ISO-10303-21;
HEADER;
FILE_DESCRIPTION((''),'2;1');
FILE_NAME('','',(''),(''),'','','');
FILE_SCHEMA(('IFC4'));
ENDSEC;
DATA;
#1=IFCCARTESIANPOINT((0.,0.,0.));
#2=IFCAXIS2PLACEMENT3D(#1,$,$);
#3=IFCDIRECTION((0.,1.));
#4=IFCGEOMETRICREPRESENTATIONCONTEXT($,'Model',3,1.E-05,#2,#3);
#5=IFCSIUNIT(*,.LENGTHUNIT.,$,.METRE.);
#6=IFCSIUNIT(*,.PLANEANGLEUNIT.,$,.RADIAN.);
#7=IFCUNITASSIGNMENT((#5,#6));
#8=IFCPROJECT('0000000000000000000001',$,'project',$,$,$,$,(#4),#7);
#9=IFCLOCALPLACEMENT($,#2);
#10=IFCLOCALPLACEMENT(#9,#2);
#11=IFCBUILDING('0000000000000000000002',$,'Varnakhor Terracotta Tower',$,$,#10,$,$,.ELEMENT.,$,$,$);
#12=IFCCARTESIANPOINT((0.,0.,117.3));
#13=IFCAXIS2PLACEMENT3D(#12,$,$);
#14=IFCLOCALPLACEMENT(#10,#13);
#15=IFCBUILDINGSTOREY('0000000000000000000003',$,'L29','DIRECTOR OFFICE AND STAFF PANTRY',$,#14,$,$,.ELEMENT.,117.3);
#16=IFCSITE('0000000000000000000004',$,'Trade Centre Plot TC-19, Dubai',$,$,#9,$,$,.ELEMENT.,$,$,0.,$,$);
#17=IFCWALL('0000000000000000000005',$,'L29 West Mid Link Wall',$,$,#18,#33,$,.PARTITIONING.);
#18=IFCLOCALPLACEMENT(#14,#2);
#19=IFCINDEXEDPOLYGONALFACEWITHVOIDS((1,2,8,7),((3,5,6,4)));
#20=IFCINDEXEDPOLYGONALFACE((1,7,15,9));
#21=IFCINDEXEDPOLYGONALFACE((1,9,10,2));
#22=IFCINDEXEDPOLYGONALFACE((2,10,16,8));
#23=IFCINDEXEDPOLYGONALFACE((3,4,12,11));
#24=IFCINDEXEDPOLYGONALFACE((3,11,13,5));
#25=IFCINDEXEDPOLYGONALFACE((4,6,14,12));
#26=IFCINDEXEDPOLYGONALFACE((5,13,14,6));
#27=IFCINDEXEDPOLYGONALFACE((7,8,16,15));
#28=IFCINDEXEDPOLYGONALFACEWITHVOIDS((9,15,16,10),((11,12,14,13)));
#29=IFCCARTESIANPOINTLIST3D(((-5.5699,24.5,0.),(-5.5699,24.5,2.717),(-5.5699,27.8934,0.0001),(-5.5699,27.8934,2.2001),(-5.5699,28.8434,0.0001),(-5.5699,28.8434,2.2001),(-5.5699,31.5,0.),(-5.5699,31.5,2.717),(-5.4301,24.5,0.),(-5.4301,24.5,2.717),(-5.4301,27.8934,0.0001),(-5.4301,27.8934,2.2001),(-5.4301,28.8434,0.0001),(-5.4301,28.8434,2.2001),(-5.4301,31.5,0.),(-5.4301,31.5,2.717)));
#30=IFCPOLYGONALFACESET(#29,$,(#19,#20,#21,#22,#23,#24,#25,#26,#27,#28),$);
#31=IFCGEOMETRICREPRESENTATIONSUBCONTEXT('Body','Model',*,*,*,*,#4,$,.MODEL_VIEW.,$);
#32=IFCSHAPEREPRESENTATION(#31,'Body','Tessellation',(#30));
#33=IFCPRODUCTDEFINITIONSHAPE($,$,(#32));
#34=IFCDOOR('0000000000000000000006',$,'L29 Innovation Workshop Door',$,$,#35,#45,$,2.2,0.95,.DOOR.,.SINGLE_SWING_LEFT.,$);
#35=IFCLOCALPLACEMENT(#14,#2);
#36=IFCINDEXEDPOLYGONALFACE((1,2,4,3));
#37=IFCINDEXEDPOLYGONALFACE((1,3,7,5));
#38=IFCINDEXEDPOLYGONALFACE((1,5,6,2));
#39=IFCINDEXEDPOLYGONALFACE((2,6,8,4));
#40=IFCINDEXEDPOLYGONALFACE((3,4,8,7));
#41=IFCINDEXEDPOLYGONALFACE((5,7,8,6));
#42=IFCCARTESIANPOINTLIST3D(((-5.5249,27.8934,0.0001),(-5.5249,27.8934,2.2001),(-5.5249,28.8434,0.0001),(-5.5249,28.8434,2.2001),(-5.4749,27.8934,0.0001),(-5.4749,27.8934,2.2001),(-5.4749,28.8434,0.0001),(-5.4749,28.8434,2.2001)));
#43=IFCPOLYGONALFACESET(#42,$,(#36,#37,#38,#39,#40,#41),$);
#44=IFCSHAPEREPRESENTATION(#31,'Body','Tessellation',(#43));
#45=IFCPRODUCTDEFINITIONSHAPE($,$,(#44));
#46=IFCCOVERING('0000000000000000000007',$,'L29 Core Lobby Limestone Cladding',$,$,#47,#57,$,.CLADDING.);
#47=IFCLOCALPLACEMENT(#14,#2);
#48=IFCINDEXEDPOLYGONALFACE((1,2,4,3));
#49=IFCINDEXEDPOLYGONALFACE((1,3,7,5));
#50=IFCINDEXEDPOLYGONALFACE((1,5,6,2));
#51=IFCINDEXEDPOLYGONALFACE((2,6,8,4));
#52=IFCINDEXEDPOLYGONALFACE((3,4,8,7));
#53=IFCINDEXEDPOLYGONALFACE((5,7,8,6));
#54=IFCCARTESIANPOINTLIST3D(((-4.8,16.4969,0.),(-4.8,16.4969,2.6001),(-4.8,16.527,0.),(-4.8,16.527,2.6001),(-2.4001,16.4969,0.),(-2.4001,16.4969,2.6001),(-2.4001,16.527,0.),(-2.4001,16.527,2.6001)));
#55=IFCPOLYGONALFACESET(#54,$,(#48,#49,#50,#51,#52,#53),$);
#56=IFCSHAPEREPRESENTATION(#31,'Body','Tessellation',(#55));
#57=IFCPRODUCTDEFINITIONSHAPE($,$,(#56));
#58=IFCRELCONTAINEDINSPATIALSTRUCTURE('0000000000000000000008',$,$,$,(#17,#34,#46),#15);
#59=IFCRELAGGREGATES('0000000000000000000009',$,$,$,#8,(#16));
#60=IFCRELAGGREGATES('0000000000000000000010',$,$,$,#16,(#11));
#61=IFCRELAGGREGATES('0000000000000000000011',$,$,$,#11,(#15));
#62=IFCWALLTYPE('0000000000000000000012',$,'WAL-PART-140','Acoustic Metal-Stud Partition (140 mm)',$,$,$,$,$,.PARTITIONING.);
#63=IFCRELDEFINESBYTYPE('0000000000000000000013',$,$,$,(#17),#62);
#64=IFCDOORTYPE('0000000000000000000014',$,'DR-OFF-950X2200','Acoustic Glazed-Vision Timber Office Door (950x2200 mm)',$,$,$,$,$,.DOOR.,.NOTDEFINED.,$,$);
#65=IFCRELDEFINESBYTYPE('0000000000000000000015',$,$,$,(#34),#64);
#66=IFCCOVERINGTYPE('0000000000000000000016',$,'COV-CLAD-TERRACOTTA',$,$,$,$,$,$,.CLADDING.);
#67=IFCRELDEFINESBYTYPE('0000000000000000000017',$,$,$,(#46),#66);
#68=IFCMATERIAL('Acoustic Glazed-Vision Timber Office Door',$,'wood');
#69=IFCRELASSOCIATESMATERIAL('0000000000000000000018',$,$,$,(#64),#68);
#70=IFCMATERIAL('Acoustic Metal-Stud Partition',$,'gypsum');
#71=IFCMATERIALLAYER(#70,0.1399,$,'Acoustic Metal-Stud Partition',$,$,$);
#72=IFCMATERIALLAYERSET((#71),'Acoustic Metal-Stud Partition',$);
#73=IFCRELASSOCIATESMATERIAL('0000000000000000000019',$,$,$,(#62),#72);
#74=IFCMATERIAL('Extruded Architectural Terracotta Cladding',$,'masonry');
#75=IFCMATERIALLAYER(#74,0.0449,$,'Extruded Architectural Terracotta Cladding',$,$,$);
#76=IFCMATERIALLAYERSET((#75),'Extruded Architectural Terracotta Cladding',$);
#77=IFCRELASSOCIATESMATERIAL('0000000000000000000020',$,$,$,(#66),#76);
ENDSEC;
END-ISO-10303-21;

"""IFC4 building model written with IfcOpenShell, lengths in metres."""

from ifc_helpers import new_model, si_unit, direction, frame, frame_2d, origin, origin_2d, place, context, subcontext, project, spatial, rectangle, extrude, source, transform, mapped, material, layer, layer_set, type_object, type_shapes, element, fill, save


model = new_model("IFC4")

# Units and contexts
model_context = context("Model", 3, precision=1e-05, world=origin(), true_north=direction((0.0, 1.0)))
body_context = subcontext(model_context, "Body", "Model", "MODEL_VIEW")
ifc_project = project(units=[si_unit("LENGTHUNIT", "METRE"), si_unit("PLANEANGLEUNIT", "RADIAN")], contexts=[model_context])

# Site, building, storey
site_placement = place(None, origin())
site = spatial("IfcSite", under=ifc_project, at=site_placement, Name="Trade Centre Plot TC-19, Dubai", CompositionType="ELEMENT", RefElevation=0.0)
building_placement = place(site_placement, origin())
building = spatial("IfcBuilding", under=site, at=building_placement, Name="Varnakhor Terracotta Tower", CompositionType="ELEMENT")
storey_placement = place(building_placement, frame((0.0, 0.0, 117.3)))
storey = spatial("IfcBuildingStorey", under=building, at=storey_placement, Name="L29", Description="DIRECTOR OFFICE AND STAFF PANTRY", CompositionType="ELEMENT", Elevation=117.3)

# Shared definitions
ifc_material_1 = material(Name="Acoustic Glazed-Vision Timber Office Door", Category="wood")
door_type = type_object("IfcDoorType", Name="DR-OFF-950X2200", Description="Acoustic Glazed-Vision Timber Office Door (950x2200 mm)", OperationType="NOTDEFINED", PredefinedType="DOOR", material=ifc_material_1)
shared_shape_1 = source(origin(), body_context, "Body", "SweptSolid", [
    extrude(rectangle(XDim=0.95, YDim=2.2, at=frame_2d((0.4751, 1.1001))), frame((0.0, 0.0249, 0.0), z_axis=(0.0, -1.0, 0.0), x_axis=(1.0, 0.0, 0.0)), (0.0, 0.0, 1.0), 0.05),
])
type_shapes(door_type, [shared_shape_1])

# Wall, opening, door
ifc_material_2 = material(Name="Acoustic Metal-Stud Partition", Category="gypsum")
ifc_layer_1 = layer(ifc_material_2, 0.1399, Name="Acoustic Metal-Stud Partition")
ifc_layer_set_1 = layer_set([ifc_layer_1], Name="Acoustic Metal-Stud Partition")
wall_type_1 = type_object("IfcWallType", Name="WAL-PART-140", Description="Acoustic Metal-Stud Partition (140 mm)", PredefinedType="PARTITIONING", material=ifc_layer_set_1)
wall_1_placement = place(storey_placement, frame((-5.5, 24.5, 0.0), z_axis=(0.0, 0.0, 1.0), x_axis=(0.0, 1.0, 0.0)))
wall_1 = element("IfcWall", 1, at=wall_1_placement, inside=storey, type_object=wall_type_1, Name="L29 West Mid Link Wall", PredefinedType="PARTITIONING", context=body_context, shape_type="SweptSolid", body=[
    extrude(rectangle(XDim=7.0, YDim=0.1399, at=frame_2d((3.5, 0.0))), origin(), (0.0, 0.0, 1.0), 2.717),
])
opening_1_placement = place(wall_1_placement, frame((3.3933, 0.0, 0.0)))
opening_1 = element("IfcOpeningElement", 2, at=opening_1_placement, cuts=wall_1, PredefinedType="OPENING", context=body_context, shape_type="SweptSolid", body=[
    extrude(rectangle(XDim=0.95, YDim=2.2, at=frame_2d((0.4751, 1.1001))), frame((0.0, 0.0801, 0.0), z_axis=(0.0, -1.0, 0.0), x_axis=(1.0, 0.0, 0.0)), (0.0, 0.0, 1.0), 0.1599),
])
door_1_placement = place(opening_1_placement, origin())
door_1 = element("IfcDoor", 3, at=door_1_placement, inside=storey, type_object=door_type, Name="L29 Innovation Workshop Door", OperationType="SINGLE_SWING_LEFT", OverallHeight=2.2, OverallWidth=0.95, PredefinedType="DOOR", context=body_context, shape_type="MappedRepresentation", body=[
    mapped(shared_shape_1, transform((0.0, 0.0, 0.0), scale=1.0)),
])
fill(opening_1, door_1)

# Covering
ifc_material_3 = material(Name="Extruded Architectural Terracotta Cladding", Category="masonry")
ifc_layer_2 = layer(ifc_material_3, 0.0449, Name="Extruded Architectural Terracotta Cladding")
ifc_layer_set_2 = layer_set([ifc_layer_2], Name="Extruded Architectural Terracotta Cladding")
covering_type = type_object("IfcCoveringType", Name="COV-CLAD-TERRACOTTA", PredefinedType="CLADDING", material=ifc_layer_set_2)
shared_shape_2 = source(origin(), body_context, "Body", "SweptSolid", [
    extrude(rectangle(XDim=2.3999, YDim=0.03, at=origin_2d()), origin(), (0.0, 0.0, 1.0), 2.6001),
])
type_shapes(covering_type, [shared_shape_2])
covering_placement = place(storey_placement, frame((-3.6001, 16.512, 0.0), z_axis=(0.0, 0.0, 1.0), x_axis=(1.0, 0.0, 0.0)))
element("IfcCovering", 4, at=covering_placement, inside=storey, type_object=covering_type, Name="L29 Core Lobby Limestone Cladding", PredefinedType="CLADDING", context=body_context, shape_type="MappedRepresentation", body=[
    mapped(shared_shape_2, transform((0.0, 0.0, 0.0), scale=1.0)),
])

save(model, "model.ifc")
